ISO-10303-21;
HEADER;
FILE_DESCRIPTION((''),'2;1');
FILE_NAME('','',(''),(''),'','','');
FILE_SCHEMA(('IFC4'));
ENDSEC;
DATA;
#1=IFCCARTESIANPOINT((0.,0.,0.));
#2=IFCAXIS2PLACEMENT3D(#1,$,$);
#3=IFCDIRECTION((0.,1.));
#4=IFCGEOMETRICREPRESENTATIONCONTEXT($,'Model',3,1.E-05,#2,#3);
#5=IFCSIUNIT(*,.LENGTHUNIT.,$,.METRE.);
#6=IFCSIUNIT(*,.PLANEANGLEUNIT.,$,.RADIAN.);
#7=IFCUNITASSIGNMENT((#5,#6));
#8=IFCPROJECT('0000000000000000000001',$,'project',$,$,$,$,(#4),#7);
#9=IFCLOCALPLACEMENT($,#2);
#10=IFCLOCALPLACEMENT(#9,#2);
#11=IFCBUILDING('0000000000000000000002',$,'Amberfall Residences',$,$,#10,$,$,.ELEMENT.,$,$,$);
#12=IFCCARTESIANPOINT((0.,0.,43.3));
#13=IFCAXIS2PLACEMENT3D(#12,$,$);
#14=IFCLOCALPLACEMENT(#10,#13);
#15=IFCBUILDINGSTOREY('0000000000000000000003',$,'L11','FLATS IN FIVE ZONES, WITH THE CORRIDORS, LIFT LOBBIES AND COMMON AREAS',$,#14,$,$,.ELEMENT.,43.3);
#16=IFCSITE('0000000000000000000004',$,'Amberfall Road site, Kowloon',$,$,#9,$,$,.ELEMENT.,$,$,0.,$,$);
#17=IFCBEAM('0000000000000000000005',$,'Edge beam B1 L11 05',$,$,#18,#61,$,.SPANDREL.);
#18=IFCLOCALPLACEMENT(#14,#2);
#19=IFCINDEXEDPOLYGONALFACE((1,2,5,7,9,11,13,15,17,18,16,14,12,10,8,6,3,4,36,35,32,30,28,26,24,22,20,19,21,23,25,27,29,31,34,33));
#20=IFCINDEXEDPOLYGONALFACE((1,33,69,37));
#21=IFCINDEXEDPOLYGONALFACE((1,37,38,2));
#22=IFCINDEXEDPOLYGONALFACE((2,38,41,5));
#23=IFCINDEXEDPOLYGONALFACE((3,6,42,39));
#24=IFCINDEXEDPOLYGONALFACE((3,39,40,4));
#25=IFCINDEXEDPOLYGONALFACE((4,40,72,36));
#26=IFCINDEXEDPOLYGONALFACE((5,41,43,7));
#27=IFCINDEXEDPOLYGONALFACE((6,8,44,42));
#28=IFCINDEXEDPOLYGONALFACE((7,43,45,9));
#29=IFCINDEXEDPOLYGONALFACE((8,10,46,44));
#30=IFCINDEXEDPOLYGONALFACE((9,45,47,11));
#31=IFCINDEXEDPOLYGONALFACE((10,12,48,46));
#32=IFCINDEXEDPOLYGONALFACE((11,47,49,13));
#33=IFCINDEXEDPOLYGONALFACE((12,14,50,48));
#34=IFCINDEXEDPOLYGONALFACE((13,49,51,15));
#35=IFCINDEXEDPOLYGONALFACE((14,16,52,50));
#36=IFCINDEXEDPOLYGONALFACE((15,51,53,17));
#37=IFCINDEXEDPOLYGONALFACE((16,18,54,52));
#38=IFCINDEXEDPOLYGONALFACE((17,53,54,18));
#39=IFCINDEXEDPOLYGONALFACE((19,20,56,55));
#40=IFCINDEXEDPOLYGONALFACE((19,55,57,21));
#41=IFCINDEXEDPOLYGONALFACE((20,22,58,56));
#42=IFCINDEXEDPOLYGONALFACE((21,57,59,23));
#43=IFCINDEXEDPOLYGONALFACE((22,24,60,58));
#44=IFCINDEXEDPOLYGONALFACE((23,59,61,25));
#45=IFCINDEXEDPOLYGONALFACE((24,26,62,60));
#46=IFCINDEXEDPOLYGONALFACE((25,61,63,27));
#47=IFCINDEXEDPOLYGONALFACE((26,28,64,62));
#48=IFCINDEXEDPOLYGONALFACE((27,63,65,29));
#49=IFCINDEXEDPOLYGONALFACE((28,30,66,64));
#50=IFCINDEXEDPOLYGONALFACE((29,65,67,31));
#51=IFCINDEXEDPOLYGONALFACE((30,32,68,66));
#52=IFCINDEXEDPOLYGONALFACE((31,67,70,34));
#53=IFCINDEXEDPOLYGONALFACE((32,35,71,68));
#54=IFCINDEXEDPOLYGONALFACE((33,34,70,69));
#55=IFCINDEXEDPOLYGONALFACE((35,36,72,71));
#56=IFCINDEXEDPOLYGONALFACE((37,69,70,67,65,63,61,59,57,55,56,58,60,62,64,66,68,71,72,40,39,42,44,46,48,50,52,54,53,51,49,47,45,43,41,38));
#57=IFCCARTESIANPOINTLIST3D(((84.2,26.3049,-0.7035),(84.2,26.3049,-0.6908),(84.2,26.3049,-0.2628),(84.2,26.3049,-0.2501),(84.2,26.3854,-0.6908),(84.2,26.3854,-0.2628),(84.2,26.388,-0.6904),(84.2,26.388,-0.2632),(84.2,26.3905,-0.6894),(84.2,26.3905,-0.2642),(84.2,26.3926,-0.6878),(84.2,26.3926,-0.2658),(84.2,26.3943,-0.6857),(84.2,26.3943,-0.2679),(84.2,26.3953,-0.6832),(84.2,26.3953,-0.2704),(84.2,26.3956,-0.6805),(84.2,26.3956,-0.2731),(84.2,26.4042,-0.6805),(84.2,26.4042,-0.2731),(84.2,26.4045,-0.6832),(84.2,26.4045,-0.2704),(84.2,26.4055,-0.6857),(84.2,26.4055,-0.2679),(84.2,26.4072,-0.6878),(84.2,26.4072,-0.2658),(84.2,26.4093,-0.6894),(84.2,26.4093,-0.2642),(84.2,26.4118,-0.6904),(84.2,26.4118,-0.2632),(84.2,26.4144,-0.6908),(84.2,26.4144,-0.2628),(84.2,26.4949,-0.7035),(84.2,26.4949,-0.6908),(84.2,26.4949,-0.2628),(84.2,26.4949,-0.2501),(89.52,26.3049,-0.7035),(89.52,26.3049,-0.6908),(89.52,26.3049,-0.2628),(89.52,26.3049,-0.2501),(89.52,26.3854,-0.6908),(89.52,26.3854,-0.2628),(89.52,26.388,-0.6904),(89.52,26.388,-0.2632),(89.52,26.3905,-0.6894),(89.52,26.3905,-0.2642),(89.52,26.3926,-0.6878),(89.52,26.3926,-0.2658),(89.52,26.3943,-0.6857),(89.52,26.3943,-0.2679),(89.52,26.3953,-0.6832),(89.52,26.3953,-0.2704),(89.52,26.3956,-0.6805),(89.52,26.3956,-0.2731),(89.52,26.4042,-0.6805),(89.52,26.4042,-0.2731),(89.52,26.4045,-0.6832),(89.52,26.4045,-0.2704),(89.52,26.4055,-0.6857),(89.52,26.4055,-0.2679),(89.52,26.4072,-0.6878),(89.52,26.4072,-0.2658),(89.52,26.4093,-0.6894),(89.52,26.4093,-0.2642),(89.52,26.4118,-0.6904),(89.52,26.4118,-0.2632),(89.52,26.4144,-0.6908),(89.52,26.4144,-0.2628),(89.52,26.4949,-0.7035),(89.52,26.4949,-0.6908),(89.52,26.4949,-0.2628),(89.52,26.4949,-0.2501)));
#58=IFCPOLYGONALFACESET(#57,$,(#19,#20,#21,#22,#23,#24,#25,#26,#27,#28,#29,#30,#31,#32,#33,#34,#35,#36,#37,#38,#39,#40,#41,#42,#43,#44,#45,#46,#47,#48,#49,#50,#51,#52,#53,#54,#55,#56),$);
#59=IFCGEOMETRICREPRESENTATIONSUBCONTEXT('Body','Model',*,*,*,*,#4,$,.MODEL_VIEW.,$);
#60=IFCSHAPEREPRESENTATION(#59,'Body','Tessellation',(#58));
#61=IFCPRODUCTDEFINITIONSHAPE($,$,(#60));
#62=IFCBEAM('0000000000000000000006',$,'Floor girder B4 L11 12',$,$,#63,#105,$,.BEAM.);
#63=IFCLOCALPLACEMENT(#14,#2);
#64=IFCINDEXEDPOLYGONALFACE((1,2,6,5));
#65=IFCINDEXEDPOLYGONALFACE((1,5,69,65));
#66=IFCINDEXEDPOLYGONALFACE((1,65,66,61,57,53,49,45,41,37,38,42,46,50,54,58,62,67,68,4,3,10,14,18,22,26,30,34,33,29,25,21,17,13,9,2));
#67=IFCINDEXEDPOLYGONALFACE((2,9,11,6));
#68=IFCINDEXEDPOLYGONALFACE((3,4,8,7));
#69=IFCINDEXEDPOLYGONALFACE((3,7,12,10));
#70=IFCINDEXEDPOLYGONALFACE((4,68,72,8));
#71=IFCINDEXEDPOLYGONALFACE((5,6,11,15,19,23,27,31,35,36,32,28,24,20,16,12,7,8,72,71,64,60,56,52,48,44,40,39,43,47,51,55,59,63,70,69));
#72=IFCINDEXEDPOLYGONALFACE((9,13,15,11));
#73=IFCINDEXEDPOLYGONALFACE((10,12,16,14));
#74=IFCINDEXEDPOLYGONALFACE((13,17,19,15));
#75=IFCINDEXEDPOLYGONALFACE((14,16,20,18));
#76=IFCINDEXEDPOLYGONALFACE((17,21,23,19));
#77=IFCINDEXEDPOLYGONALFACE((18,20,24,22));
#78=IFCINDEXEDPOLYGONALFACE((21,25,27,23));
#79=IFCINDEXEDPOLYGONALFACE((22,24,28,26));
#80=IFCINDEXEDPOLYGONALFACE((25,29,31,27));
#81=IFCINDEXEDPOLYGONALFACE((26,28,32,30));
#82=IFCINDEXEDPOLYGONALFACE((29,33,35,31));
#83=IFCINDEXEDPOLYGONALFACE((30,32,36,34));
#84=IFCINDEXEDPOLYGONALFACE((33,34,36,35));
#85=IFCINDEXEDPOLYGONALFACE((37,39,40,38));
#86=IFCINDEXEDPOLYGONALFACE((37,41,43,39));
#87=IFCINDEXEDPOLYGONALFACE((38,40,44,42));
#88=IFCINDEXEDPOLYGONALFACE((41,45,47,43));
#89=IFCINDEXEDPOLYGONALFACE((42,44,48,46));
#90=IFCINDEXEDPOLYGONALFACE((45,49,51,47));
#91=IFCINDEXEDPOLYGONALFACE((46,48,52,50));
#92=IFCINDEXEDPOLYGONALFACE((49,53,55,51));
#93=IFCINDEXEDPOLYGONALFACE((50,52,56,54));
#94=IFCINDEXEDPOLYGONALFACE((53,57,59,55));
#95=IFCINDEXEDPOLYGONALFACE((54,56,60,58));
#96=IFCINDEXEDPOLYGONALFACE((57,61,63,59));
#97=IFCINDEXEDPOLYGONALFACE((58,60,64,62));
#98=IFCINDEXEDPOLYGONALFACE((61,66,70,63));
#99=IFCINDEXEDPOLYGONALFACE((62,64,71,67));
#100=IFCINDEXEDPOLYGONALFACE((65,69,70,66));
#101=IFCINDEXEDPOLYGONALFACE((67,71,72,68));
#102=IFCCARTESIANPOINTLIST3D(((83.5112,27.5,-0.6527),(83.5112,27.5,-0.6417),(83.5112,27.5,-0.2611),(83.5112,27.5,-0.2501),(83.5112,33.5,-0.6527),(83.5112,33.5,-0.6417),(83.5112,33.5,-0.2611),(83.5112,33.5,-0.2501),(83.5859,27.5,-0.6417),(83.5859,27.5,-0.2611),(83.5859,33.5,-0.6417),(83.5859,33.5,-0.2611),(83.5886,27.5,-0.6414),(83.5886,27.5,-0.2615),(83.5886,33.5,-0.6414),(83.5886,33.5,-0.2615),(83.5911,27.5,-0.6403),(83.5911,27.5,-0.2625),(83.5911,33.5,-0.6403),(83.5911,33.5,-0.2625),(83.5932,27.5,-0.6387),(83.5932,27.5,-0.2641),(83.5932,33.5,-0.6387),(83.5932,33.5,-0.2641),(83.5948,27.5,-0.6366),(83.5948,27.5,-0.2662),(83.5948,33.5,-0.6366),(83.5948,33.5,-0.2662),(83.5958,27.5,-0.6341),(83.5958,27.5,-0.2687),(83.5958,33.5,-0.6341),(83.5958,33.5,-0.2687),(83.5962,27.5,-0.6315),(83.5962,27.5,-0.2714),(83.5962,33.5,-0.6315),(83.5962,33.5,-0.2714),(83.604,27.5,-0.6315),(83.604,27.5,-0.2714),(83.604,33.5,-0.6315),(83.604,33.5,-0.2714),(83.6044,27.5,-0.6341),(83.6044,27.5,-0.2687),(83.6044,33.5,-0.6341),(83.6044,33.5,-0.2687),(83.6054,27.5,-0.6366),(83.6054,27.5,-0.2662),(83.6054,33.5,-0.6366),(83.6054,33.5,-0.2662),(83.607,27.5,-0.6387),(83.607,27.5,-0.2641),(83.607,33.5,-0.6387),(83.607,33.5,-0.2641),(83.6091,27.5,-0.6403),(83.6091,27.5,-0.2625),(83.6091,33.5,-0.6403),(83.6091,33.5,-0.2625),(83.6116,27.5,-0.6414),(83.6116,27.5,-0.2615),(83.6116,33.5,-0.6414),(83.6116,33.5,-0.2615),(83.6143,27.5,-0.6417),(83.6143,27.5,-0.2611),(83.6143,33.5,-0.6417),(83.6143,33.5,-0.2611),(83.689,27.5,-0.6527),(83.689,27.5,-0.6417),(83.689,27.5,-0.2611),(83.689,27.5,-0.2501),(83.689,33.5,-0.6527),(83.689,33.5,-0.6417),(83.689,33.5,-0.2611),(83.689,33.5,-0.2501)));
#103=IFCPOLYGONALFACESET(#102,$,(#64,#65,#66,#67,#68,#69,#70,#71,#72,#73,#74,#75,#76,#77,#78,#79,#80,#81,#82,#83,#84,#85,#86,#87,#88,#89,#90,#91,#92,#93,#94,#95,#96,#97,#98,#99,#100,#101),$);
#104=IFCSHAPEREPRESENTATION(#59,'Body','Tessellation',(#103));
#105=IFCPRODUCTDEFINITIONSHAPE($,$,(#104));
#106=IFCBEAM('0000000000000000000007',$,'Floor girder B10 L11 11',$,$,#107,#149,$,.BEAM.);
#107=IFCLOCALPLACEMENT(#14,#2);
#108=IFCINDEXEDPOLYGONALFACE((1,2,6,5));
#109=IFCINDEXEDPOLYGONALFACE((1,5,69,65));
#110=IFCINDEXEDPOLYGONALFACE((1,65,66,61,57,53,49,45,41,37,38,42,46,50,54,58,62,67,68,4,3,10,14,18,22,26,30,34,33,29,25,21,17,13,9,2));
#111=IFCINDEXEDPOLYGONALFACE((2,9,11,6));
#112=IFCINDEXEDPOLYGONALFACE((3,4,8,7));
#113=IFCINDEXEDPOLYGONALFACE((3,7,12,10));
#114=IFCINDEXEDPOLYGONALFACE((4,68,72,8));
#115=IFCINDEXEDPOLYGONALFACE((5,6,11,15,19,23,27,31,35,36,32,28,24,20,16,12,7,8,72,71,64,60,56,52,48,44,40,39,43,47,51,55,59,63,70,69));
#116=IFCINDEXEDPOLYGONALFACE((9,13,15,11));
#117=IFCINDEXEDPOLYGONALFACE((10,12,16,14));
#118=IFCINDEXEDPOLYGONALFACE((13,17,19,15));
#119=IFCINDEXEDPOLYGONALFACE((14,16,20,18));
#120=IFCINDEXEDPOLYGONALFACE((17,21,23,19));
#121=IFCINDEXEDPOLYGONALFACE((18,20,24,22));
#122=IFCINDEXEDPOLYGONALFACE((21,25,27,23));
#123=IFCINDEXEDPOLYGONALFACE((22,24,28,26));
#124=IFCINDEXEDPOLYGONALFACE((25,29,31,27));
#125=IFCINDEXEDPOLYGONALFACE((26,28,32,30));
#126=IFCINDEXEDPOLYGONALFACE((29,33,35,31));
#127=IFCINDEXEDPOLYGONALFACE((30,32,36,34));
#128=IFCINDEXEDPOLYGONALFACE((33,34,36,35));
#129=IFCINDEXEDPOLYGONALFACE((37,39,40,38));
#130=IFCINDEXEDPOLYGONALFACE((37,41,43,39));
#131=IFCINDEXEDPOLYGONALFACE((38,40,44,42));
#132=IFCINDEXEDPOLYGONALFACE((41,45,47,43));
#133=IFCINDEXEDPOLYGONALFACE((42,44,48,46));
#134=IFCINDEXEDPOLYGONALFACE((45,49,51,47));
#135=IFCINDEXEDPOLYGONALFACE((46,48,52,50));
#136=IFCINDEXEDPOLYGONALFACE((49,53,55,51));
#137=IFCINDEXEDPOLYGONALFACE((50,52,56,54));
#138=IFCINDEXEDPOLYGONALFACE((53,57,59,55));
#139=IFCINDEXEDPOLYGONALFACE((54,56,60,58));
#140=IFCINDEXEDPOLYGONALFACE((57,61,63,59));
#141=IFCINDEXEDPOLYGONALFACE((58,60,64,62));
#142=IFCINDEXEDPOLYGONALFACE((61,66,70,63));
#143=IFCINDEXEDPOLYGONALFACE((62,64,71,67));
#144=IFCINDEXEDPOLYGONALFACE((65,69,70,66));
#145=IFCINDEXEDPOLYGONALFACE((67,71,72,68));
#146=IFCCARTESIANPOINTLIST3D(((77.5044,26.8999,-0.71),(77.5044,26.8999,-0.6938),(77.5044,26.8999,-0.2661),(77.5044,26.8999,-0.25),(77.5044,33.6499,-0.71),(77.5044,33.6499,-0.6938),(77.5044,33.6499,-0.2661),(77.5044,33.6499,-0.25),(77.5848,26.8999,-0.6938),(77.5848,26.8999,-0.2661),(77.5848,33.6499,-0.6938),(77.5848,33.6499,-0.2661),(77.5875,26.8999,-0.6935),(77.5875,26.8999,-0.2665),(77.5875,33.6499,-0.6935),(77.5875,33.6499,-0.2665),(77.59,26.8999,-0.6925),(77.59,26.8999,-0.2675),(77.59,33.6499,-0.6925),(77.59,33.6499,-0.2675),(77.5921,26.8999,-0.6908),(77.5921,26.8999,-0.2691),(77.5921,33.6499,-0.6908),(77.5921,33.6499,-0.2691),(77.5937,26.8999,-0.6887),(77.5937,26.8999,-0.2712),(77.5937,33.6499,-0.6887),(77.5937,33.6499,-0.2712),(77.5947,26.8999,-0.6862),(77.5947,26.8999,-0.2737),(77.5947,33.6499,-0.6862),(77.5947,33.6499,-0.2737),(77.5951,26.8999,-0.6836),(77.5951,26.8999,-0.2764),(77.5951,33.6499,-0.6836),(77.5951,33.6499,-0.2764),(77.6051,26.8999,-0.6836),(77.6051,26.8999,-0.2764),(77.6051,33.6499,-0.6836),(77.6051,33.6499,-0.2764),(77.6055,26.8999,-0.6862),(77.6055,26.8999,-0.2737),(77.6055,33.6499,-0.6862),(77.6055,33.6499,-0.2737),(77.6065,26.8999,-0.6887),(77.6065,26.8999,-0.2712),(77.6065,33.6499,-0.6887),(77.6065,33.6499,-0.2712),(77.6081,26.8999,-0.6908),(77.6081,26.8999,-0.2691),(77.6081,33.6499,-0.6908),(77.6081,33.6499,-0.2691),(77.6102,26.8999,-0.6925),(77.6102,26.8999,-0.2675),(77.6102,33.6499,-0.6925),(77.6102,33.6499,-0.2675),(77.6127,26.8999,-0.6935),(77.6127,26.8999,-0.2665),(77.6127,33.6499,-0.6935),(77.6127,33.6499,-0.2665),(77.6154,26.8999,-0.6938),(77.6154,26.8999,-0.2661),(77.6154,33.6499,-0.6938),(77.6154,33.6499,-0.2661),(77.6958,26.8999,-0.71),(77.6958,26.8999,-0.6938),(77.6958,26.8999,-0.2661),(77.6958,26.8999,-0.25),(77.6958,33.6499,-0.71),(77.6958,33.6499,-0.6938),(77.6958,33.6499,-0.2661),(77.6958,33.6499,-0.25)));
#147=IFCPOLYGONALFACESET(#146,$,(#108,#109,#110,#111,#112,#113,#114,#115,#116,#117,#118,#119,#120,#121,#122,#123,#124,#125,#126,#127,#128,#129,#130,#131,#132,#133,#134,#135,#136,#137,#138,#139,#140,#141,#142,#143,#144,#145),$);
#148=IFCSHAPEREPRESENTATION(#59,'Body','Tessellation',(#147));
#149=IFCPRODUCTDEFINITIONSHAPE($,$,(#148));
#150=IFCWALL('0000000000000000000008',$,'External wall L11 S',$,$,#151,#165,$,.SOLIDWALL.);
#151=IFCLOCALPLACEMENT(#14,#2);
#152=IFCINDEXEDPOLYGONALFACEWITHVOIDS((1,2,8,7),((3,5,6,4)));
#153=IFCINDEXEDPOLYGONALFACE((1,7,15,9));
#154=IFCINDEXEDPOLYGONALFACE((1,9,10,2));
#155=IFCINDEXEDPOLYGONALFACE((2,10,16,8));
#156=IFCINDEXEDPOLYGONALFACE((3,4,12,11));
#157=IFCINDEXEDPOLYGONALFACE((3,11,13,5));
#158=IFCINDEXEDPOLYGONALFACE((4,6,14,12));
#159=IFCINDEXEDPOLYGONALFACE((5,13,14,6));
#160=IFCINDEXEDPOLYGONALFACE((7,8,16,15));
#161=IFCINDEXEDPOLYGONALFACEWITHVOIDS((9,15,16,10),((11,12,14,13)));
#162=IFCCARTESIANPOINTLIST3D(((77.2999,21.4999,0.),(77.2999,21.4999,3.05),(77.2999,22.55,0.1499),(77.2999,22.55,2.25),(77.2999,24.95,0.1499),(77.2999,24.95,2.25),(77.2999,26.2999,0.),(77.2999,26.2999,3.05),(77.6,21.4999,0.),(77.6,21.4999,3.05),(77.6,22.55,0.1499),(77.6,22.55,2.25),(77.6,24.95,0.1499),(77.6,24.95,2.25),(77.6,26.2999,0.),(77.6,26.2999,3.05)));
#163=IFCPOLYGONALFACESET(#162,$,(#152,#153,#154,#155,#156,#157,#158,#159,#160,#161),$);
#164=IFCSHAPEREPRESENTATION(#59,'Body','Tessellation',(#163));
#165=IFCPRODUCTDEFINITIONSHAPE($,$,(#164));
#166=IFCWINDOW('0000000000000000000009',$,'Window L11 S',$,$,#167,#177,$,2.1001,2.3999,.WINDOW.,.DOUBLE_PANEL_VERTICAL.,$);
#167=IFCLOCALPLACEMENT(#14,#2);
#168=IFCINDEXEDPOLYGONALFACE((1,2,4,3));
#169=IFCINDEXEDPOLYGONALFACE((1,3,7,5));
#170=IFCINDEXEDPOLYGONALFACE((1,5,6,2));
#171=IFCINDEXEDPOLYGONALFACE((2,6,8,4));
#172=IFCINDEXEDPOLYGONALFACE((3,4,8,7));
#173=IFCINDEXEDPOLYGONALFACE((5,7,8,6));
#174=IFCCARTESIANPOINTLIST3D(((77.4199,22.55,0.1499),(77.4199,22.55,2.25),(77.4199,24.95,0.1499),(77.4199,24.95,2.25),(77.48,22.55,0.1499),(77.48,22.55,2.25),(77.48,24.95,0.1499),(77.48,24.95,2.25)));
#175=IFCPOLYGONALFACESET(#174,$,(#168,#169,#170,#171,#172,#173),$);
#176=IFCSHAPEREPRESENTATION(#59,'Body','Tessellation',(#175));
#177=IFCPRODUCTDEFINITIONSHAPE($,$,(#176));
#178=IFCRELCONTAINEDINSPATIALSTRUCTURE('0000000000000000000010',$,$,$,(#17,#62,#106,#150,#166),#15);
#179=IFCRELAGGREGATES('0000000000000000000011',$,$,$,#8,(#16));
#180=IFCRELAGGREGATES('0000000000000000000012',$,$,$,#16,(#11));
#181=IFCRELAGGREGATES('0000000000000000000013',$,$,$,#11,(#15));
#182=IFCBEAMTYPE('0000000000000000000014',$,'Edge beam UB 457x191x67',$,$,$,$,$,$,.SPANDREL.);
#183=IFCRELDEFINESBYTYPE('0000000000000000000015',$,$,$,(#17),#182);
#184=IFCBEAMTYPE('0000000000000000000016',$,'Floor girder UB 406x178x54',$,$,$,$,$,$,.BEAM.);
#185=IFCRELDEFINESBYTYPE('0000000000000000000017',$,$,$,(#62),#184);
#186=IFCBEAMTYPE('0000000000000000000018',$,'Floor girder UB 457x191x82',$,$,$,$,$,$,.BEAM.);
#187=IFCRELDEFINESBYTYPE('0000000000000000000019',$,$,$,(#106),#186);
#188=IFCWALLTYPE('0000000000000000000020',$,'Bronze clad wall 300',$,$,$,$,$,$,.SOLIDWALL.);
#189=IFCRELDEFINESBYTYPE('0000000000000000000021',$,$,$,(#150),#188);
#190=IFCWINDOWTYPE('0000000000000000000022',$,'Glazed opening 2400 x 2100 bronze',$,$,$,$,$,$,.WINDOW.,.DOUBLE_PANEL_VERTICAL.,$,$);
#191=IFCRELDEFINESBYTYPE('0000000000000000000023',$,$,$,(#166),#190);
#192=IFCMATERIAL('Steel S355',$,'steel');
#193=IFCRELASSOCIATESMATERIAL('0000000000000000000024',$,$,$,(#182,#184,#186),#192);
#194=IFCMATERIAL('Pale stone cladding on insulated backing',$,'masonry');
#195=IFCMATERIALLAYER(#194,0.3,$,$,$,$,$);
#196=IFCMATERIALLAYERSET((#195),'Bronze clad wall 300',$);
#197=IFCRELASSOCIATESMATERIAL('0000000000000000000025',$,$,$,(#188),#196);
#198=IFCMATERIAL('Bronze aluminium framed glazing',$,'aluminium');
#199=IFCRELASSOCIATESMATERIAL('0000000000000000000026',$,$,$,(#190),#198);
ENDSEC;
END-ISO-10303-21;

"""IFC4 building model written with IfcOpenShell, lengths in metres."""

from ifc_helpers import new_model, si_unit, direction, frame, frame_2d, origin, origin_2d, place, context, subcontext, project, spatial, rectangle, i_section, extrude, material, layer, layer_set, material_profile, profile_set, type_object, element, fill, save


model = new_model("IFC4")

# Units and contexts
model_context = context("Model", 3, precision=1e-05, world=origin(), true_north=direction((0.0, 1.0)))
body_context = subcontext(model_context, "Body", "Model", "MODEL_VIEW")
ifc_project = project(units=[si_unit("LENGTHUNIT", "METRE"), si_unit("PLANEANGLEUNIT", "RADIAN")], contexts=[model_context])

# Site, building, storey
site_placement = place(None, origin())
site = spatial("IfcSite", under=ifc_project, at=site_placement, Name="Amberfall Road site, Kowloon", CompositionType="ELEMENT", RefElevation=0.0)
building_placement = place(site_placement, origin())
building = spatial("IfcBuilding", under=site, at=building_placement, Name="Amberfall Residences", CompositionType="ELEMENT")
storey_placement = place(building_placement, frame((0.0, 0.0, 43.3)))
storey = spatial("IfcBuildingStorey", under=building, at=storey_placement, Name="L11", Description="FLATS IN FIVE ZONES, WITH THE CORRIDORS, LIFT LOBBIES AND COMMON AREAS", CompositionType="ELEMENT", Elevation=43.3)

# Beams
ifc_material_1 = material(Name="Steel S355", Category="steel")
ifc_material_profile_1 = material_profile(ifc_material_1, i_section(OverallWidth=0.1899, OverallDepth=0.4534, WebThickness=0.0085, FlangeThickness=0.0127, FilletRadius=0.0103, at=origin_2d()), Name="UB 457x191x67")
ifc_profile_set_1 = profile_set([ifc_material_profile_1], Name="Steel S355")
beam_type_1 = type_object("IfcBeamType", Name="Edge beam UB 457x191x67", PredefinedType="SPANDREL", material=ifc_profile_set_1)
beam_1_placement = place(storey_placement, frame((84.2, 26.3999, -0.4768), z_axis=(1.0, 0.0, 0.0), x_axis=(0.0, 1.0, 0.0)))
element("IfcBeam", 1, at=beam_1_placement, inside=storey, type_object=beam_type_1, Name="Edge beam B1 L11 05", PredefinedType="SPANDREL", context=body_context, shape_type="SweptSolid", body=[
    extrude(i_section(OverallWidth=0.1899, OverallDepth=0.4534, WebThickness=0.0085, FlangeThickness=0.0127, FilletRadius=0.0103, at=origin_2d()), origin(), (0.0, 0.0, 1.0), 5.3201),
])
ifc_material_profile_2 = material_profile(ifc_material_1, i_section(OverallWidth=0.1777, OverallDepth=0.4026, WebThickness=0.0078, FlangeThickness=0.011, FilletRadius=0.0103, at=origin_2d()), Name="UB 406x178x54")
ifc_profile_set_2 = profile_set([ifc_material_profile_2], Name="Steel S355")
beam_type_2 = type_object("IfcBeamType", Name="Floor girder UB 406x178x54", PredefinedType="BEAM", material=ifc_profile_set_2)
beam_2_placement = place(storey_placement, frame((83.6001, 27.5, -0.4514), z_axis=(0.0, 1.0, 0.0), x_axis=(-1.0, 0.0, 0.0)))
element("IfcBeam", 2, at=beam_2_placement, inside=storey, type_object=beam_type_2, Name="Floor girder B4 L11 12", PredefinedType="BEAM", context=body_context, shape_type="SweptSolid", body=[
    extrude(i_section(OverallWidth=0.1777, OverallDepth=0.4026, WebThickness=0.0078, FlangeThickness=0.011, FilletRadius=0.0103, at=origin_2d()), origin(), (0.0, 0.0, 1.0), 6.0),
])
ifc_material_profile_3 = material_profile(ifc_material_1, i_section(OverallWidth=0.1914, OverallDepth=0.46, WebThickness=0.01, FlangeThickness=0.0161, FilletRadius=0.0103, at=origin_2d()), Name="UB 457x191x82")
ifc_profile_set_3 = profile_set([ifc_material_profile_3], Name="Steel S355")
beam_type_3 = type_object("IfcBeamType", Name="Floor girder UB 457x191x82", PredefinedType="BEAM", material=ifc_profile_set_3)
beam_3_placement = place(storey_placement, frame((77.6001, 26.8999, -0.48), z_axis=(0.0, 1.0, 0.0), x_axis=(-1.0, 0.0, 0.0)))
element("IfcBeam", 3, at=beam_3_placement, inside=storey, type_object=beam_type_3, Name="Floor girder B10 L11 11", PredefinedType="BEAM", context=body_context, shape_type="SweptSolid", body=[
    extrude(i_section(OverallWidth=0.1914, OverallDepth=0.46, WebThickness=0.01, FlangeThickness=0.0161, FilletRadius=0.0103, at=origin_2d()), origin(), (0.0, 0.0, 1.0), 6.75),
])

# Wall, opening, window
ifc_material_2 = material(Name="Pale stone cladding on insulated backing", Category="masonry")
ifc_layer_1 = layer(ifc_material_2, 0.3)
ifc_layer_set_1 = layer_set([ifc_layer_1], Name="Bronze clad wall 300")
wall_type_1 = type_object("IfcWallType", Name="Bronze clad wall 300", PredefinedType="SOLIDWALL", material=ifc_layer_set_1)
wall_1_placement = place(storey_placement, frame((77.45, 21.5, 0.0), z_axis=(0.0, 0.0, 1.0), x_axis=(0.0, 1.0, 0.0)))
wall_1 = element("IfcWall", 4, at=wall_1_placement, inside=storey, type_object=wall_type_1, Name="External wall L11 S", PredefinedType="SOLIDWALL", context=body_context, shape_type="SweptSolid", body=[
    extrude(rectangle(XDim=4.8, YDim=0.3, at=frame_2d((2.3999, 0.0))), origin(), (0.0, 0.0, 1.0), 3.05),
])
opening_1_placement = place(wall_1_placement, frame((1.05, 0.0, 0.1499)))
opening_1 = element("IfcOpeningElement", 5, at=opening_1_placement, cuts=wall_1, PredefinedType="OPENING", context=body_context, shape_type="SweptSolid", body=[
    extrude(rectangle(XDim=2.3999, YDim=2.1001, at=frame_2d((1.2, 1.05))), frame((0.0, 0.1599, 0.0), z_axis=(0.0, -1.0, 0.0), x_axis=(1.0, 0.0, 0.0)), (0.0, 0.0, 1.0), 0.3201),
])
ifc_material_3 = material(Name="Bronze aluminium framed glazing", Category="aluminium")
window_type_1 = type_object("IfcWindowType", Name="Glazed opening 2400 x 2100 bronze", PartitioningType="DOUBLE_PANEL_VERTICAL", PredefinedType="WINDOW", material=ifc_material_3)
window_1_placement = place(opening_1_placement, origin())
window_1 = element("IfcWindow", 6, at=window_1_placement, inside=storey, type_object=window_type_1, Name="Window L11 S", OverallHeight=2.1001, OverallWidth=2.3999, PartitioningType="DOUBLE_PANEL_VERTICAL", PredefinedType="WINDOW", context=body_context, shape_type="SweptSolid", body=[
    extrude(rectangle(XDim=2.3999, YDim=2.1001, at=frame_2d((1.2, 1.05))), frame((0.0, 0.03, 0.0), z_axis=(0.0, -1.0, 0.0), x_axis=(1.0, 0.0, 0.0)), (0.0, 0.0, 1.0), 0.0601),
])
fill(opening_1, window_1)

save(model, "model.ifc")
